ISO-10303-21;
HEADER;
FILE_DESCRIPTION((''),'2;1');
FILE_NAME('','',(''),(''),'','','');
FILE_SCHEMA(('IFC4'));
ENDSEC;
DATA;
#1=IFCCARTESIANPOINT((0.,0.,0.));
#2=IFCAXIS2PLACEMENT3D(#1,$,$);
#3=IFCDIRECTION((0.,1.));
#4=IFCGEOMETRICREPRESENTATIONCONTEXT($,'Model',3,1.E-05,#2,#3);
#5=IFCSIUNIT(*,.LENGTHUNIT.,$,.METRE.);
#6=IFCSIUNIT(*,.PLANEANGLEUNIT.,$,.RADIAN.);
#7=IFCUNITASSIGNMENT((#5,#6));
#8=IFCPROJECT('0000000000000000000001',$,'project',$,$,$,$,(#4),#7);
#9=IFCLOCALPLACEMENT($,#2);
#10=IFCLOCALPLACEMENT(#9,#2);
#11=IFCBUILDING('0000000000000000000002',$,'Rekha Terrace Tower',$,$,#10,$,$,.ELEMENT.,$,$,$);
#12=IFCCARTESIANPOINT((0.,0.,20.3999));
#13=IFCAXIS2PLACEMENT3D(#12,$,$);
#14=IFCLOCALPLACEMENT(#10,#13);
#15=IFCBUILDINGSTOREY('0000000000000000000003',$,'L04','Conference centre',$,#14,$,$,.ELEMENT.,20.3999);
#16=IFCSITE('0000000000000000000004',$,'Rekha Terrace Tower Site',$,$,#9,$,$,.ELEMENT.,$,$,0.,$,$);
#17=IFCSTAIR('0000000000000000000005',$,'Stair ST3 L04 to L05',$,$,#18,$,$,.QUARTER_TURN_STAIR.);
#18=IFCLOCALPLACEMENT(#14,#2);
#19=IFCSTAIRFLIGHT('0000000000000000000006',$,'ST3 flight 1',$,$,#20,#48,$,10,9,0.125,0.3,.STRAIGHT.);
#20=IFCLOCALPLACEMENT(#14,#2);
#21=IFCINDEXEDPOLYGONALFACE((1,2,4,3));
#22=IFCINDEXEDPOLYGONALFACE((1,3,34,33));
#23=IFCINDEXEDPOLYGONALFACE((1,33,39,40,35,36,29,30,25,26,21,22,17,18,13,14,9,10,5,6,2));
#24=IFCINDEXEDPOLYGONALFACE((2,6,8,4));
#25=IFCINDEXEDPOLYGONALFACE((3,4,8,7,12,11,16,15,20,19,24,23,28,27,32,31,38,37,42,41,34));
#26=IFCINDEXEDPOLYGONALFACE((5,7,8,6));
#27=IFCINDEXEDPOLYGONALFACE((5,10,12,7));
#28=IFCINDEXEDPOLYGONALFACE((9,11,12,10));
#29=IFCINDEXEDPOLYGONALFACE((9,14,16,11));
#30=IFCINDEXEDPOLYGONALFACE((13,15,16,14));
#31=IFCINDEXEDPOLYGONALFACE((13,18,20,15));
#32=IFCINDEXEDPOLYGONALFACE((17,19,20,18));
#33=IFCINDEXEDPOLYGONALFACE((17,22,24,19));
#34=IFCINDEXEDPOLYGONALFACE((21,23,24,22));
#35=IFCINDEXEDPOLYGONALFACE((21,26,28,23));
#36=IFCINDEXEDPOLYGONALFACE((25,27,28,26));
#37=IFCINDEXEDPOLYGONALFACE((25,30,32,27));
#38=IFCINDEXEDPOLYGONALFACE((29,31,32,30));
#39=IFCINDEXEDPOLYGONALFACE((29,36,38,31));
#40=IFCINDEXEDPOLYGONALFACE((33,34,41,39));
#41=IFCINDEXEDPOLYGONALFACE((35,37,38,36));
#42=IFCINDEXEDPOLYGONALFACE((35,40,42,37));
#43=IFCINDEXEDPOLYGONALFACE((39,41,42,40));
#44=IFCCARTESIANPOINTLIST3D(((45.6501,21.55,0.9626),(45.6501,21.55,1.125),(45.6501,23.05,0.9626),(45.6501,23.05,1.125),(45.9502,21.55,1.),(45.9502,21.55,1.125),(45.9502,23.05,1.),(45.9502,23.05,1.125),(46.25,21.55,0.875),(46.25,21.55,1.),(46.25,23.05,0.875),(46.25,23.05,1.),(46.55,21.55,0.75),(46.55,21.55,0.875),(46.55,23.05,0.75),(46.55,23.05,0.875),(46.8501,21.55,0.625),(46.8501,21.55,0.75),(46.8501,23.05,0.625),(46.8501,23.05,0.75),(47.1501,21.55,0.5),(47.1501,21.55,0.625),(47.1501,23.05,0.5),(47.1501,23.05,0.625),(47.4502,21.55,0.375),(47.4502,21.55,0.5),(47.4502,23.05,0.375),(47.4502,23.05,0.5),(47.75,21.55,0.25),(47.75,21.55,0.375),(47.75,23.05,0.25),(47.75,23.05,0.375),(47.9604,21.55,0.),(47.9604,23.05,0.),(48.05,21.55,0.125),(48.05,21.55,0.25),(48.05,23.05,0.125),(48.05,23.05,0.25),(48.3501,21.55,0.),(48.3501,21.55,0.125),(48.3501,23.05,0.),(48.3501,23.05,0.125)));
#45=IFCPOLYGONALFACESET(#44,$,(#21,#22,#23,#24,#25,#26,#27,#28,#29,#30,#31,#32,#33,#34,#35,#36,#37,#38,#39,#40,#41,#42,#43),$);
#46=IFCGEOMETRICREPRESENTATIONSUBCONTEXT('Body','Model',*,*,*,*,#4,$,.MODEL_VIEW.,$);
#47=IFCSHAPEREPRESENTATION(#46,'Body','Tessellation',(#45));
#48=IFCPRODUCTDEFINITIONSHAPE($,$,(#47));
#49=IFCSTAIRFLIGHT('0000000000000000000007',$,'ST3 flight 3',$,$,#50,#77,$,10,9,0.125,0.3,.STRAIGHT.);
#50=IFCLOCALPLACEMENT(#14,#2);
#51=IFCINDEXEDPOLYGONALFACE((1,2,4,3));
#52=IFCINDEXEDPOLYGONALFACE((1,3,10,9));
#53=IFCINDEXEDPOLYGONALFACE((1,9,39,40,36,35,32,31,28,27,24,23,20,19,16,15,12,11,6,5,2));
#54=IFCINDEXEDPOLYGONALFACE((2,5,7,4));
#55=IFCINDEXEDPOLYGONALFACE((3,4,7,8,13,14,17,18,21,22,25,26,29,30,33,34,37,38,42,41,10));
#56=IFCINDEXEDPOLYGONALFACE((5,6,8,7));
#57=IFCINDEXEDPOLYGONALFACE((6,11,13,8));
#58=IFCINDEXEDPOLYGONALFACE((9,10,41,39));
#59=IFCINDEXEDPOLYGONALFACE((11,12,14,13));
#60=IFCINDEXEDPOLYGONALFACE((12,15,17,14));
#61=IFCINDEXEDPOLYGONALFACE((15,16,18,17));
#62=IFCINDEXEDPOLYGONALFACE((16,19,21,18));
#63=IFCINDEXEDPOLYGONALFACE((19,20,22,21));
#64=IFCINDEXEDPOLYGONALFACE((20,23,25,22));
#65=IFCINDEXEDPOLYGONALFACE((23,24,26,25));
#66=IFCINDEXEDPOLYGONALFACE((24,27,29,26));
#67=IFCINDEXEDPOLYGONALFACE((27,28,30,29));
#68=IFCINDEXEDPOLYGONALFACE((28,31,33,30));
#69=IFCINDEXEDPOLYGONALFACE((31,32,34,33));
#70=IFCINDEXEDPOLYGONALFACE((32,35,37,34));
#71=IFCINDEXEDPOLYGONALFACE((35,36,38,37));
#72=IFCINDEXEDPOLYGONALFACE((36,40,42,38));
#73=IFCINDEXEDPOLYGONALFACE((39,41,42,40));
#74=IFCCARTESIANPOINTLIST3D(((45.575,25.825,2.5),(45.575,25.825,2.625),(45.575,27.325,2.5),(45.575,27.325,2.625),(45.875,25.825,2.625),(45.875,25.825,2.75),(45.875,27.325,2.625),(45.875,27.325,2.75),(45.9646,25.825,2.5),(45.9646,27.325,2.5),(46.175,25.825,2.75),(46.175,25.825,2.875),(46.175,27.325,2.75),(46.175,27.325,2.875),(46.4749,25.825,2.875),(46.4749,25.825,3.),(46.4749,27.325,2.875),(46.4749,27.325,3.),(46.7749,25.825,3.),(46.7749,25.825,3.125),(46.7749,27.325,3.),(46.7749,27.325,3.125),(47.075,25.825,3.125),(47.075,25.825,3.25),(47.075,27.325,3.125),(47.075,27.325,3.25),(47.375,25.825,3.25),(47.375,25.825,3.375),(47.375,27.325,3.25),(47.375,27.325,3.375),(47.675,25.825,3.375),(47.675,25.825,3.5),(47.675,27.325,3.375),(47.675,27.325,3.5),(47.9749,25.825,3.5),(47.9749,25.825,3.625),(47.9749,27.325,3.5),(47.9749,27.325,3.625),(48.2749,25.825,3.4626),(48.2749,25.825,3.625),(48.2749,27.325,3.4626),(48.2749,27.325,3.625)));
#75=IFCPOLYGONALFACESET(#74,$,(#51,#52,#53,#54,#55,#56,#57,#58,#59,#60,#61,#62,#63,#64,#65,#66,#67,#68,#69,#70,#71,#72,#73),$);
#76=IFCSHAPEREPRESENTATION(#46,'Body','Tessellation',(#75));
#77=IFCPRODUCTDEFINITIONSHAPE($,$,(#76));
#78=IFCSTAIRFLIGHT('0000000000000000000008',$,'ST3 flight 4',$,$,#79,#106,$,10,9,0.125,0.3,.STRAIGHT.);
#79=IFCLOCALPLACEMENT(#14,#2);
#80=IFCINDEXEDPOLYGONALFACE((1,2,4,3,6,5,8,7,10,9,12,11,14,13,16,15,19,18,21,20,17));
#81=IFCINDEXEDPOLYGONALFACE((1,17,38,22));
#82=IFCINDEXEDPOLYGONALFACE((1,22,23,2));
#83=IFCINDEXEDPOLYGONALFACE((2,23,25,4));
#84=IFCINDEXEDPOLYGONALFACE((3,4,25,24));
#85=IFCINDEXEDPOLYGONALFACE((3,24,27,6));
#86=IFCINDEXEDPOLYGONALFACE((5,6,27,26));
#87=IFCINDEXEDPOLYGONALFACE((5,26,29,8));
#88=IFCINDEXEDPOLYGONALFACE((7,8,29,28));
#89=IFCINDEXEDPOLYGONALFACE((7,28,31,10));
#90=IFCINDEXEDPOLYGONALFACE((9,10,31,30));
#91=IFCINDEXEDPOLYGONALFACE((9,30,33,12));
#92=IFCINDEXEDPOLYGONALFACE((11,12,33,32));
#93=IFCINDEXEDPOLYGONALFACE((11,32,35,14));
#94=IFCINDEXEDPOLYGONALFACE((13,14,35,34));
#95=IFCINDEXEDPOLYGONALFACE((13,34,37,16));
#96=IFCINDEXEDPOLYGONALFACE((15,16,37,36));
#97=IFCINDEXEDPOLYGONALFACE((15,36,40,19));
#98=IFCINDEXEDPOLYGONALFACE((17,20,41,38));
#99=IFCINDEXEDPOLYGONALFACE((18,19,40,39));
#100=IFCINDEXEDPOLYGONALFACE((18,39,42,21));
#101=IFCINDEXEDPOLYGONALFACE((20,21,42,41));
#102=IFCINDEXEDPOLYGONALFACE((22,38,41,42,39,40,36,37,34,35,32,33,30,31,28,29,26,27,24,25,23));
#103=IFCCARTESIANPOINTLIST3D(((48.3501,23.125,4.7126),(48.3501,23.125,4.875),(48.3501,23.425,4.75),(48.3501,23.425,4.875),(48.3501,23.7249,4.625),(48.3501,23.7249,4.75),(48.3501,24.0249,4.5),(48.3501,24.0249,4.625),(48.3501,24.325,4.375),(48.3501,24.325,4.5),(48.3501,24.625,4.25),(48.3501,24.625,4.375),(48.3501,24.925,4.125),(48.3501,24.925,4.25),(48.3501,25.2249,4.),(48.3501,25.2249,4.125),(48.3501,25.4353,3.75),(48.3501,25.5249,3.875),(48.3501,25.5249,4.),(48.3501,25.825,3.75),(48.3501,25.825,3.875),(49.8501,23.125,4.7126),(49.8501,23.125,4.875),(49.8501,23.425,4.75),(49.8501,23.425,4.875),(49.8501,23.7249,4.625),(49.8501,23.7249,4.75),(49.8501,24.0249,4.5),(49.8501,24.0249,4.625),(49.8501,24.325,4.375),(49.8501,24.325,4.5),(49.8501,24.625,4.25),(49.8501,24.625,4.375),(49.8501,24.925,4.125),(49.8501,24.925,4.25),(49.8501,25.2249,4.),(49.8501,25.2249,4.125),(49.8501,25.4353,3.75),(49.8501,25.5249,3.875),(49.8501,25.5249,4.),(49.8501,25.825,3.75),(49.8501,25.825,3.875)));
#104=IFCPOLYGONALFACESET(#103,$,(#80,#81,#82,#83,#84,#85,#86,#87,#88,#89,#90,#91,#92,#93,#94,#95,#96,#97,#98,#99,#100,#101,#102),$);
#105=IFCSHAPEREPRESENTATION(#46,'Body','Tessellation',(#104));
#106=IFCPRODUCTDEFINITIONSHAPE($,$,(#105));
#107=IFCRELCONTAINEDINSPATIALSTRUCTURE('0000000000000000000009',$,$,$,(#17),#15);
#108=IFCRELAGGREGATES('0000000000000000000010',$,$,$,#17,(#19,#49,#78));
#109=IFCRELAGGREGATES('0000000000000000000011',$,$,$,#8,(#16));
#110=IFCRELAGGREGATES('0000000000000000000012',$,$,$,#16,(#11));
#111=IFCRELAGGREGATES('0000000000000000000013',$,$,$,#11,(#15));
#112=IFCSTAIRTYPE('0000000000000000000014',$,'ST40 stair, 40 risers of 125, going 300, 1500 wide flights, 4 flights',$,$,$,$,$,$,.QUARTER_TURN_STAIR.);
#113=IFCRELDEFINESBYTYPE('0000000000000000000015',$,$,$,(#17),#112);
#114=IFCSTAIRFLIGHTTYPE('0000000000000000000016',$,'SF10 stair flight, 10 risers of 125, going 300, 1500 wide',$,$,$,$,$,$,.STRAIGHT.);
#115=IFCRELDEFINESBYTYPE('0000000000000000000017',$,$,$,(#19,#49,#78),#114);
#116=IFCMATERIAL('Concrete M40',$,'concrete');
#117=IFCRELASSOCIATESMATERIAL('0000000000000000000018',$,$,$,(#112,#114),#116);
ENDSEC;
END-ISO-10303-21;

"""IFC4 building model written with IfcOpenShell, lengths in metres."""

from ifc_helpers import new_model, si_unit, direction, frame, origin, place, context, subcontext, project, spatial, polyline, outline, extrude, material, type_object, element, aggregate, save


model = new_model("IFC4")

# Units and contexts
model_context = context("Model", 3, precision=1e-05, world=origin(), true_north=direction((0.0, 1.0)))
body_context = subcontext(model_context, "Body", "Model", "MODEL_VIEW")
ifc_project = project(units=[si_unit("LENGTHUNIT", "METRE"), si_unit("PLANEANGLEUNIT", "RADIAN")], contexts=[model_context])

# Site, building, storey
site_placement = place(None, origin())
site = spatial("IfcSite", under=ifc_project, at=site_placement, Name="Rekha Terrace Tower Site", CompositionType="ELEMENT", RefElevation=0.0)
building_placement = place(site_placement, origin())
building = spatial("IfcBuilding", under=site, at=building_placement, Name="Rekha Terrace Tower", CompositionType="ELEMENT")
storey_placement = place(building_placement, frame((0.0, 0.0, 20.3999)))
storey = spatial("IfcBuildingStorey", under=building, at=storey_placement, Name="L04", Description="Conference centre", CompositionType="ELEMENT", Elevation=20.3999)

# Stair, stair flights
ifc_material_1 = material(Name="Concrete M40", Category="concrete")
stair_type = type_object("IfcStairType", Name="ST40 stair, 40 risers of 125, going 300, 1500 wide flights, 4 flights", PredefinedType="QUARTER_TURN_STAIR", material=ifc_material_1)
stair_placement = place(storey_placement, origin())
stair = element("IfcStair", 1, at=stair_placement, inside=storey, type_object=stair_type, Name="Stair ST3 L04 to L05", PredefinedType="QUARTER_TURN_STAIR")
stair_flight_type = type_object("IfcStairFlightType", Name="SF10 stair flight, 10 risers of 125, going 300, 1500 wide", PredefinedType="STRAIGHT", material=ifc_material_1)
stair_flight_1_placement = place(storey_placement, frame((48.3501, 22.3, 0.0), z_axis=(0.0, 0.0, 1.0), x_axis=(-1.0, 0.0, 0.0)))
stair_flight_1 = element("IfcStairFlight", 2, at=stair_flight_1_placement, type_object=stair_flight_type, Name="ST3 flight 1", NumberOfRisers=10, NumberOfTreads=9, PredefinedType="STRAIGHT", RiserHeight=0.125, TreadLength=0.3, context=body_context, shape_type="SweptSolid", body=[
    extrude(outline(polyline([(0.0, 0.0), (0.0, 0.125), (0.3, 0.125), (0.3, 0.25), (0.6001, 0.25), (0.6001, 0.375), (0.8999, 0.375), (0.8999, 0.5), (1.2, 0.5), (1.2, 0.625), (1.5, 0.625), (1.5, 0.75), (1.8, 0.75), (1.8, 0.875), (2.1001, 0.875), (2.1001, 1.0), (2.3999, 1.0), (2.3999, 1.125), (2.7, 1.125), (2.7, 1.25), (2.7, 0.9626), (0.3896, 0.0), (0.0, 0.0)])), frame((0.0, 0.75, 0.0), z_axis=(0.0, -1.0, 0.0), x_axis=(1.0, 0.0, 0.0)), (0.0, 0.0, 1.0), 1.5),
])
stair_flight_2_placement = place(storey_placement, frame((45.575, 26.575, 2.5), z_axis=(0.0, 0.0, 1.0), x_axis=(1.0, 0.0, 0.0)))
stair_flight_2 = element("IfcStairFlight", 3, at=stair_flight_2_placement, type_object=stair_flight_type, Name="ST3 flight 3", NumberOfRisers=10, NumberOfTreads=9, PredefinedType="STRAIGHT", RiserHeight=0.125, TreadLength=0.3, context=body_context, shape_type="SweptSolid", body=[
    extrude(outline(polyline([(0.0, 0.0), (0.0, 0.125), (0.3, 0.125), (0.3, 0.25), (0.6001, 0.25), (0.6001, 0.375), (0.8999, 0.375), (0.8999, 0.5), (1.2, 0.5), (1.2, 0.625), (1.5, 0.625), (1.5, 0.75), (1.8, 0.75), (1.8, 0.875), (2.1001, 0.875), (2.1001, 1.0), (2.3999, 1.0), (2.3999, 1.125), (2.7, 1.125), (2.7, 1.25), (2.7, 0.9626), (0.3896, 0.0), (0.0, 0.0)])), frame((0.0, 0.75, 0.0), z_axis=(0.0, -1.0, 0.0), x_axis=(1.0, 0.0, 0.0)), (0.0, 0.0, 1.0), 1.5),
])
stair_flight_3_placement = place(storey_placement, frame((49.1001, 25.825, 3.75), z_axis=(0.0, 0.0, 1.0), x_axis=(0.0, -1.0, 0.0)))
stair_flight_3 = element("IfcStairFlight", 4, at=stair_flight_3_placement, type_object=stair_flight_type, Name="ST3 flight 4", NumberOfRisers=10, NumberOfTreads=9, PredefinedType="STRAIGHT", RiserHeight=0.125, TreadLength=0.3, context=body_context, shape_type="SweptSolid", body=[
    extrude(outline(polyline([(0.0, 0.0), (0.0, 0.125), (0.3, 0.125), (0.3, 0.25), (0.6001, 0.25), (0.6001, 0.375), (0.8999, 0.375), (0.8999, 0.5), (1.2, 0.5), (1.2, 0.625), (1.5, 0.625), (1.5, 0.75), (1.8, 0.75), (1.8, 0.875), (2.1001, 0.875), (2.1001, 1.0), (2.3999, 1.0), (2.3999, 1.125), (2.7, 1.125), (2.7, 1.25), (2.7, 0.9626), (0.3896, 0.0), (0.0, 0.0)])), frame((0.0, 0.75, 0.0), z_axis=(0.0, -1.0, 0.0), x_axis=(1.0, 0.0, 0.0)), (0.0, 0.0, 1.0), 1.5),
])
aggregate(stair, [stair_flight_1, stair_flight_2, stair_flight_3])

save(model, "model.ifc")
